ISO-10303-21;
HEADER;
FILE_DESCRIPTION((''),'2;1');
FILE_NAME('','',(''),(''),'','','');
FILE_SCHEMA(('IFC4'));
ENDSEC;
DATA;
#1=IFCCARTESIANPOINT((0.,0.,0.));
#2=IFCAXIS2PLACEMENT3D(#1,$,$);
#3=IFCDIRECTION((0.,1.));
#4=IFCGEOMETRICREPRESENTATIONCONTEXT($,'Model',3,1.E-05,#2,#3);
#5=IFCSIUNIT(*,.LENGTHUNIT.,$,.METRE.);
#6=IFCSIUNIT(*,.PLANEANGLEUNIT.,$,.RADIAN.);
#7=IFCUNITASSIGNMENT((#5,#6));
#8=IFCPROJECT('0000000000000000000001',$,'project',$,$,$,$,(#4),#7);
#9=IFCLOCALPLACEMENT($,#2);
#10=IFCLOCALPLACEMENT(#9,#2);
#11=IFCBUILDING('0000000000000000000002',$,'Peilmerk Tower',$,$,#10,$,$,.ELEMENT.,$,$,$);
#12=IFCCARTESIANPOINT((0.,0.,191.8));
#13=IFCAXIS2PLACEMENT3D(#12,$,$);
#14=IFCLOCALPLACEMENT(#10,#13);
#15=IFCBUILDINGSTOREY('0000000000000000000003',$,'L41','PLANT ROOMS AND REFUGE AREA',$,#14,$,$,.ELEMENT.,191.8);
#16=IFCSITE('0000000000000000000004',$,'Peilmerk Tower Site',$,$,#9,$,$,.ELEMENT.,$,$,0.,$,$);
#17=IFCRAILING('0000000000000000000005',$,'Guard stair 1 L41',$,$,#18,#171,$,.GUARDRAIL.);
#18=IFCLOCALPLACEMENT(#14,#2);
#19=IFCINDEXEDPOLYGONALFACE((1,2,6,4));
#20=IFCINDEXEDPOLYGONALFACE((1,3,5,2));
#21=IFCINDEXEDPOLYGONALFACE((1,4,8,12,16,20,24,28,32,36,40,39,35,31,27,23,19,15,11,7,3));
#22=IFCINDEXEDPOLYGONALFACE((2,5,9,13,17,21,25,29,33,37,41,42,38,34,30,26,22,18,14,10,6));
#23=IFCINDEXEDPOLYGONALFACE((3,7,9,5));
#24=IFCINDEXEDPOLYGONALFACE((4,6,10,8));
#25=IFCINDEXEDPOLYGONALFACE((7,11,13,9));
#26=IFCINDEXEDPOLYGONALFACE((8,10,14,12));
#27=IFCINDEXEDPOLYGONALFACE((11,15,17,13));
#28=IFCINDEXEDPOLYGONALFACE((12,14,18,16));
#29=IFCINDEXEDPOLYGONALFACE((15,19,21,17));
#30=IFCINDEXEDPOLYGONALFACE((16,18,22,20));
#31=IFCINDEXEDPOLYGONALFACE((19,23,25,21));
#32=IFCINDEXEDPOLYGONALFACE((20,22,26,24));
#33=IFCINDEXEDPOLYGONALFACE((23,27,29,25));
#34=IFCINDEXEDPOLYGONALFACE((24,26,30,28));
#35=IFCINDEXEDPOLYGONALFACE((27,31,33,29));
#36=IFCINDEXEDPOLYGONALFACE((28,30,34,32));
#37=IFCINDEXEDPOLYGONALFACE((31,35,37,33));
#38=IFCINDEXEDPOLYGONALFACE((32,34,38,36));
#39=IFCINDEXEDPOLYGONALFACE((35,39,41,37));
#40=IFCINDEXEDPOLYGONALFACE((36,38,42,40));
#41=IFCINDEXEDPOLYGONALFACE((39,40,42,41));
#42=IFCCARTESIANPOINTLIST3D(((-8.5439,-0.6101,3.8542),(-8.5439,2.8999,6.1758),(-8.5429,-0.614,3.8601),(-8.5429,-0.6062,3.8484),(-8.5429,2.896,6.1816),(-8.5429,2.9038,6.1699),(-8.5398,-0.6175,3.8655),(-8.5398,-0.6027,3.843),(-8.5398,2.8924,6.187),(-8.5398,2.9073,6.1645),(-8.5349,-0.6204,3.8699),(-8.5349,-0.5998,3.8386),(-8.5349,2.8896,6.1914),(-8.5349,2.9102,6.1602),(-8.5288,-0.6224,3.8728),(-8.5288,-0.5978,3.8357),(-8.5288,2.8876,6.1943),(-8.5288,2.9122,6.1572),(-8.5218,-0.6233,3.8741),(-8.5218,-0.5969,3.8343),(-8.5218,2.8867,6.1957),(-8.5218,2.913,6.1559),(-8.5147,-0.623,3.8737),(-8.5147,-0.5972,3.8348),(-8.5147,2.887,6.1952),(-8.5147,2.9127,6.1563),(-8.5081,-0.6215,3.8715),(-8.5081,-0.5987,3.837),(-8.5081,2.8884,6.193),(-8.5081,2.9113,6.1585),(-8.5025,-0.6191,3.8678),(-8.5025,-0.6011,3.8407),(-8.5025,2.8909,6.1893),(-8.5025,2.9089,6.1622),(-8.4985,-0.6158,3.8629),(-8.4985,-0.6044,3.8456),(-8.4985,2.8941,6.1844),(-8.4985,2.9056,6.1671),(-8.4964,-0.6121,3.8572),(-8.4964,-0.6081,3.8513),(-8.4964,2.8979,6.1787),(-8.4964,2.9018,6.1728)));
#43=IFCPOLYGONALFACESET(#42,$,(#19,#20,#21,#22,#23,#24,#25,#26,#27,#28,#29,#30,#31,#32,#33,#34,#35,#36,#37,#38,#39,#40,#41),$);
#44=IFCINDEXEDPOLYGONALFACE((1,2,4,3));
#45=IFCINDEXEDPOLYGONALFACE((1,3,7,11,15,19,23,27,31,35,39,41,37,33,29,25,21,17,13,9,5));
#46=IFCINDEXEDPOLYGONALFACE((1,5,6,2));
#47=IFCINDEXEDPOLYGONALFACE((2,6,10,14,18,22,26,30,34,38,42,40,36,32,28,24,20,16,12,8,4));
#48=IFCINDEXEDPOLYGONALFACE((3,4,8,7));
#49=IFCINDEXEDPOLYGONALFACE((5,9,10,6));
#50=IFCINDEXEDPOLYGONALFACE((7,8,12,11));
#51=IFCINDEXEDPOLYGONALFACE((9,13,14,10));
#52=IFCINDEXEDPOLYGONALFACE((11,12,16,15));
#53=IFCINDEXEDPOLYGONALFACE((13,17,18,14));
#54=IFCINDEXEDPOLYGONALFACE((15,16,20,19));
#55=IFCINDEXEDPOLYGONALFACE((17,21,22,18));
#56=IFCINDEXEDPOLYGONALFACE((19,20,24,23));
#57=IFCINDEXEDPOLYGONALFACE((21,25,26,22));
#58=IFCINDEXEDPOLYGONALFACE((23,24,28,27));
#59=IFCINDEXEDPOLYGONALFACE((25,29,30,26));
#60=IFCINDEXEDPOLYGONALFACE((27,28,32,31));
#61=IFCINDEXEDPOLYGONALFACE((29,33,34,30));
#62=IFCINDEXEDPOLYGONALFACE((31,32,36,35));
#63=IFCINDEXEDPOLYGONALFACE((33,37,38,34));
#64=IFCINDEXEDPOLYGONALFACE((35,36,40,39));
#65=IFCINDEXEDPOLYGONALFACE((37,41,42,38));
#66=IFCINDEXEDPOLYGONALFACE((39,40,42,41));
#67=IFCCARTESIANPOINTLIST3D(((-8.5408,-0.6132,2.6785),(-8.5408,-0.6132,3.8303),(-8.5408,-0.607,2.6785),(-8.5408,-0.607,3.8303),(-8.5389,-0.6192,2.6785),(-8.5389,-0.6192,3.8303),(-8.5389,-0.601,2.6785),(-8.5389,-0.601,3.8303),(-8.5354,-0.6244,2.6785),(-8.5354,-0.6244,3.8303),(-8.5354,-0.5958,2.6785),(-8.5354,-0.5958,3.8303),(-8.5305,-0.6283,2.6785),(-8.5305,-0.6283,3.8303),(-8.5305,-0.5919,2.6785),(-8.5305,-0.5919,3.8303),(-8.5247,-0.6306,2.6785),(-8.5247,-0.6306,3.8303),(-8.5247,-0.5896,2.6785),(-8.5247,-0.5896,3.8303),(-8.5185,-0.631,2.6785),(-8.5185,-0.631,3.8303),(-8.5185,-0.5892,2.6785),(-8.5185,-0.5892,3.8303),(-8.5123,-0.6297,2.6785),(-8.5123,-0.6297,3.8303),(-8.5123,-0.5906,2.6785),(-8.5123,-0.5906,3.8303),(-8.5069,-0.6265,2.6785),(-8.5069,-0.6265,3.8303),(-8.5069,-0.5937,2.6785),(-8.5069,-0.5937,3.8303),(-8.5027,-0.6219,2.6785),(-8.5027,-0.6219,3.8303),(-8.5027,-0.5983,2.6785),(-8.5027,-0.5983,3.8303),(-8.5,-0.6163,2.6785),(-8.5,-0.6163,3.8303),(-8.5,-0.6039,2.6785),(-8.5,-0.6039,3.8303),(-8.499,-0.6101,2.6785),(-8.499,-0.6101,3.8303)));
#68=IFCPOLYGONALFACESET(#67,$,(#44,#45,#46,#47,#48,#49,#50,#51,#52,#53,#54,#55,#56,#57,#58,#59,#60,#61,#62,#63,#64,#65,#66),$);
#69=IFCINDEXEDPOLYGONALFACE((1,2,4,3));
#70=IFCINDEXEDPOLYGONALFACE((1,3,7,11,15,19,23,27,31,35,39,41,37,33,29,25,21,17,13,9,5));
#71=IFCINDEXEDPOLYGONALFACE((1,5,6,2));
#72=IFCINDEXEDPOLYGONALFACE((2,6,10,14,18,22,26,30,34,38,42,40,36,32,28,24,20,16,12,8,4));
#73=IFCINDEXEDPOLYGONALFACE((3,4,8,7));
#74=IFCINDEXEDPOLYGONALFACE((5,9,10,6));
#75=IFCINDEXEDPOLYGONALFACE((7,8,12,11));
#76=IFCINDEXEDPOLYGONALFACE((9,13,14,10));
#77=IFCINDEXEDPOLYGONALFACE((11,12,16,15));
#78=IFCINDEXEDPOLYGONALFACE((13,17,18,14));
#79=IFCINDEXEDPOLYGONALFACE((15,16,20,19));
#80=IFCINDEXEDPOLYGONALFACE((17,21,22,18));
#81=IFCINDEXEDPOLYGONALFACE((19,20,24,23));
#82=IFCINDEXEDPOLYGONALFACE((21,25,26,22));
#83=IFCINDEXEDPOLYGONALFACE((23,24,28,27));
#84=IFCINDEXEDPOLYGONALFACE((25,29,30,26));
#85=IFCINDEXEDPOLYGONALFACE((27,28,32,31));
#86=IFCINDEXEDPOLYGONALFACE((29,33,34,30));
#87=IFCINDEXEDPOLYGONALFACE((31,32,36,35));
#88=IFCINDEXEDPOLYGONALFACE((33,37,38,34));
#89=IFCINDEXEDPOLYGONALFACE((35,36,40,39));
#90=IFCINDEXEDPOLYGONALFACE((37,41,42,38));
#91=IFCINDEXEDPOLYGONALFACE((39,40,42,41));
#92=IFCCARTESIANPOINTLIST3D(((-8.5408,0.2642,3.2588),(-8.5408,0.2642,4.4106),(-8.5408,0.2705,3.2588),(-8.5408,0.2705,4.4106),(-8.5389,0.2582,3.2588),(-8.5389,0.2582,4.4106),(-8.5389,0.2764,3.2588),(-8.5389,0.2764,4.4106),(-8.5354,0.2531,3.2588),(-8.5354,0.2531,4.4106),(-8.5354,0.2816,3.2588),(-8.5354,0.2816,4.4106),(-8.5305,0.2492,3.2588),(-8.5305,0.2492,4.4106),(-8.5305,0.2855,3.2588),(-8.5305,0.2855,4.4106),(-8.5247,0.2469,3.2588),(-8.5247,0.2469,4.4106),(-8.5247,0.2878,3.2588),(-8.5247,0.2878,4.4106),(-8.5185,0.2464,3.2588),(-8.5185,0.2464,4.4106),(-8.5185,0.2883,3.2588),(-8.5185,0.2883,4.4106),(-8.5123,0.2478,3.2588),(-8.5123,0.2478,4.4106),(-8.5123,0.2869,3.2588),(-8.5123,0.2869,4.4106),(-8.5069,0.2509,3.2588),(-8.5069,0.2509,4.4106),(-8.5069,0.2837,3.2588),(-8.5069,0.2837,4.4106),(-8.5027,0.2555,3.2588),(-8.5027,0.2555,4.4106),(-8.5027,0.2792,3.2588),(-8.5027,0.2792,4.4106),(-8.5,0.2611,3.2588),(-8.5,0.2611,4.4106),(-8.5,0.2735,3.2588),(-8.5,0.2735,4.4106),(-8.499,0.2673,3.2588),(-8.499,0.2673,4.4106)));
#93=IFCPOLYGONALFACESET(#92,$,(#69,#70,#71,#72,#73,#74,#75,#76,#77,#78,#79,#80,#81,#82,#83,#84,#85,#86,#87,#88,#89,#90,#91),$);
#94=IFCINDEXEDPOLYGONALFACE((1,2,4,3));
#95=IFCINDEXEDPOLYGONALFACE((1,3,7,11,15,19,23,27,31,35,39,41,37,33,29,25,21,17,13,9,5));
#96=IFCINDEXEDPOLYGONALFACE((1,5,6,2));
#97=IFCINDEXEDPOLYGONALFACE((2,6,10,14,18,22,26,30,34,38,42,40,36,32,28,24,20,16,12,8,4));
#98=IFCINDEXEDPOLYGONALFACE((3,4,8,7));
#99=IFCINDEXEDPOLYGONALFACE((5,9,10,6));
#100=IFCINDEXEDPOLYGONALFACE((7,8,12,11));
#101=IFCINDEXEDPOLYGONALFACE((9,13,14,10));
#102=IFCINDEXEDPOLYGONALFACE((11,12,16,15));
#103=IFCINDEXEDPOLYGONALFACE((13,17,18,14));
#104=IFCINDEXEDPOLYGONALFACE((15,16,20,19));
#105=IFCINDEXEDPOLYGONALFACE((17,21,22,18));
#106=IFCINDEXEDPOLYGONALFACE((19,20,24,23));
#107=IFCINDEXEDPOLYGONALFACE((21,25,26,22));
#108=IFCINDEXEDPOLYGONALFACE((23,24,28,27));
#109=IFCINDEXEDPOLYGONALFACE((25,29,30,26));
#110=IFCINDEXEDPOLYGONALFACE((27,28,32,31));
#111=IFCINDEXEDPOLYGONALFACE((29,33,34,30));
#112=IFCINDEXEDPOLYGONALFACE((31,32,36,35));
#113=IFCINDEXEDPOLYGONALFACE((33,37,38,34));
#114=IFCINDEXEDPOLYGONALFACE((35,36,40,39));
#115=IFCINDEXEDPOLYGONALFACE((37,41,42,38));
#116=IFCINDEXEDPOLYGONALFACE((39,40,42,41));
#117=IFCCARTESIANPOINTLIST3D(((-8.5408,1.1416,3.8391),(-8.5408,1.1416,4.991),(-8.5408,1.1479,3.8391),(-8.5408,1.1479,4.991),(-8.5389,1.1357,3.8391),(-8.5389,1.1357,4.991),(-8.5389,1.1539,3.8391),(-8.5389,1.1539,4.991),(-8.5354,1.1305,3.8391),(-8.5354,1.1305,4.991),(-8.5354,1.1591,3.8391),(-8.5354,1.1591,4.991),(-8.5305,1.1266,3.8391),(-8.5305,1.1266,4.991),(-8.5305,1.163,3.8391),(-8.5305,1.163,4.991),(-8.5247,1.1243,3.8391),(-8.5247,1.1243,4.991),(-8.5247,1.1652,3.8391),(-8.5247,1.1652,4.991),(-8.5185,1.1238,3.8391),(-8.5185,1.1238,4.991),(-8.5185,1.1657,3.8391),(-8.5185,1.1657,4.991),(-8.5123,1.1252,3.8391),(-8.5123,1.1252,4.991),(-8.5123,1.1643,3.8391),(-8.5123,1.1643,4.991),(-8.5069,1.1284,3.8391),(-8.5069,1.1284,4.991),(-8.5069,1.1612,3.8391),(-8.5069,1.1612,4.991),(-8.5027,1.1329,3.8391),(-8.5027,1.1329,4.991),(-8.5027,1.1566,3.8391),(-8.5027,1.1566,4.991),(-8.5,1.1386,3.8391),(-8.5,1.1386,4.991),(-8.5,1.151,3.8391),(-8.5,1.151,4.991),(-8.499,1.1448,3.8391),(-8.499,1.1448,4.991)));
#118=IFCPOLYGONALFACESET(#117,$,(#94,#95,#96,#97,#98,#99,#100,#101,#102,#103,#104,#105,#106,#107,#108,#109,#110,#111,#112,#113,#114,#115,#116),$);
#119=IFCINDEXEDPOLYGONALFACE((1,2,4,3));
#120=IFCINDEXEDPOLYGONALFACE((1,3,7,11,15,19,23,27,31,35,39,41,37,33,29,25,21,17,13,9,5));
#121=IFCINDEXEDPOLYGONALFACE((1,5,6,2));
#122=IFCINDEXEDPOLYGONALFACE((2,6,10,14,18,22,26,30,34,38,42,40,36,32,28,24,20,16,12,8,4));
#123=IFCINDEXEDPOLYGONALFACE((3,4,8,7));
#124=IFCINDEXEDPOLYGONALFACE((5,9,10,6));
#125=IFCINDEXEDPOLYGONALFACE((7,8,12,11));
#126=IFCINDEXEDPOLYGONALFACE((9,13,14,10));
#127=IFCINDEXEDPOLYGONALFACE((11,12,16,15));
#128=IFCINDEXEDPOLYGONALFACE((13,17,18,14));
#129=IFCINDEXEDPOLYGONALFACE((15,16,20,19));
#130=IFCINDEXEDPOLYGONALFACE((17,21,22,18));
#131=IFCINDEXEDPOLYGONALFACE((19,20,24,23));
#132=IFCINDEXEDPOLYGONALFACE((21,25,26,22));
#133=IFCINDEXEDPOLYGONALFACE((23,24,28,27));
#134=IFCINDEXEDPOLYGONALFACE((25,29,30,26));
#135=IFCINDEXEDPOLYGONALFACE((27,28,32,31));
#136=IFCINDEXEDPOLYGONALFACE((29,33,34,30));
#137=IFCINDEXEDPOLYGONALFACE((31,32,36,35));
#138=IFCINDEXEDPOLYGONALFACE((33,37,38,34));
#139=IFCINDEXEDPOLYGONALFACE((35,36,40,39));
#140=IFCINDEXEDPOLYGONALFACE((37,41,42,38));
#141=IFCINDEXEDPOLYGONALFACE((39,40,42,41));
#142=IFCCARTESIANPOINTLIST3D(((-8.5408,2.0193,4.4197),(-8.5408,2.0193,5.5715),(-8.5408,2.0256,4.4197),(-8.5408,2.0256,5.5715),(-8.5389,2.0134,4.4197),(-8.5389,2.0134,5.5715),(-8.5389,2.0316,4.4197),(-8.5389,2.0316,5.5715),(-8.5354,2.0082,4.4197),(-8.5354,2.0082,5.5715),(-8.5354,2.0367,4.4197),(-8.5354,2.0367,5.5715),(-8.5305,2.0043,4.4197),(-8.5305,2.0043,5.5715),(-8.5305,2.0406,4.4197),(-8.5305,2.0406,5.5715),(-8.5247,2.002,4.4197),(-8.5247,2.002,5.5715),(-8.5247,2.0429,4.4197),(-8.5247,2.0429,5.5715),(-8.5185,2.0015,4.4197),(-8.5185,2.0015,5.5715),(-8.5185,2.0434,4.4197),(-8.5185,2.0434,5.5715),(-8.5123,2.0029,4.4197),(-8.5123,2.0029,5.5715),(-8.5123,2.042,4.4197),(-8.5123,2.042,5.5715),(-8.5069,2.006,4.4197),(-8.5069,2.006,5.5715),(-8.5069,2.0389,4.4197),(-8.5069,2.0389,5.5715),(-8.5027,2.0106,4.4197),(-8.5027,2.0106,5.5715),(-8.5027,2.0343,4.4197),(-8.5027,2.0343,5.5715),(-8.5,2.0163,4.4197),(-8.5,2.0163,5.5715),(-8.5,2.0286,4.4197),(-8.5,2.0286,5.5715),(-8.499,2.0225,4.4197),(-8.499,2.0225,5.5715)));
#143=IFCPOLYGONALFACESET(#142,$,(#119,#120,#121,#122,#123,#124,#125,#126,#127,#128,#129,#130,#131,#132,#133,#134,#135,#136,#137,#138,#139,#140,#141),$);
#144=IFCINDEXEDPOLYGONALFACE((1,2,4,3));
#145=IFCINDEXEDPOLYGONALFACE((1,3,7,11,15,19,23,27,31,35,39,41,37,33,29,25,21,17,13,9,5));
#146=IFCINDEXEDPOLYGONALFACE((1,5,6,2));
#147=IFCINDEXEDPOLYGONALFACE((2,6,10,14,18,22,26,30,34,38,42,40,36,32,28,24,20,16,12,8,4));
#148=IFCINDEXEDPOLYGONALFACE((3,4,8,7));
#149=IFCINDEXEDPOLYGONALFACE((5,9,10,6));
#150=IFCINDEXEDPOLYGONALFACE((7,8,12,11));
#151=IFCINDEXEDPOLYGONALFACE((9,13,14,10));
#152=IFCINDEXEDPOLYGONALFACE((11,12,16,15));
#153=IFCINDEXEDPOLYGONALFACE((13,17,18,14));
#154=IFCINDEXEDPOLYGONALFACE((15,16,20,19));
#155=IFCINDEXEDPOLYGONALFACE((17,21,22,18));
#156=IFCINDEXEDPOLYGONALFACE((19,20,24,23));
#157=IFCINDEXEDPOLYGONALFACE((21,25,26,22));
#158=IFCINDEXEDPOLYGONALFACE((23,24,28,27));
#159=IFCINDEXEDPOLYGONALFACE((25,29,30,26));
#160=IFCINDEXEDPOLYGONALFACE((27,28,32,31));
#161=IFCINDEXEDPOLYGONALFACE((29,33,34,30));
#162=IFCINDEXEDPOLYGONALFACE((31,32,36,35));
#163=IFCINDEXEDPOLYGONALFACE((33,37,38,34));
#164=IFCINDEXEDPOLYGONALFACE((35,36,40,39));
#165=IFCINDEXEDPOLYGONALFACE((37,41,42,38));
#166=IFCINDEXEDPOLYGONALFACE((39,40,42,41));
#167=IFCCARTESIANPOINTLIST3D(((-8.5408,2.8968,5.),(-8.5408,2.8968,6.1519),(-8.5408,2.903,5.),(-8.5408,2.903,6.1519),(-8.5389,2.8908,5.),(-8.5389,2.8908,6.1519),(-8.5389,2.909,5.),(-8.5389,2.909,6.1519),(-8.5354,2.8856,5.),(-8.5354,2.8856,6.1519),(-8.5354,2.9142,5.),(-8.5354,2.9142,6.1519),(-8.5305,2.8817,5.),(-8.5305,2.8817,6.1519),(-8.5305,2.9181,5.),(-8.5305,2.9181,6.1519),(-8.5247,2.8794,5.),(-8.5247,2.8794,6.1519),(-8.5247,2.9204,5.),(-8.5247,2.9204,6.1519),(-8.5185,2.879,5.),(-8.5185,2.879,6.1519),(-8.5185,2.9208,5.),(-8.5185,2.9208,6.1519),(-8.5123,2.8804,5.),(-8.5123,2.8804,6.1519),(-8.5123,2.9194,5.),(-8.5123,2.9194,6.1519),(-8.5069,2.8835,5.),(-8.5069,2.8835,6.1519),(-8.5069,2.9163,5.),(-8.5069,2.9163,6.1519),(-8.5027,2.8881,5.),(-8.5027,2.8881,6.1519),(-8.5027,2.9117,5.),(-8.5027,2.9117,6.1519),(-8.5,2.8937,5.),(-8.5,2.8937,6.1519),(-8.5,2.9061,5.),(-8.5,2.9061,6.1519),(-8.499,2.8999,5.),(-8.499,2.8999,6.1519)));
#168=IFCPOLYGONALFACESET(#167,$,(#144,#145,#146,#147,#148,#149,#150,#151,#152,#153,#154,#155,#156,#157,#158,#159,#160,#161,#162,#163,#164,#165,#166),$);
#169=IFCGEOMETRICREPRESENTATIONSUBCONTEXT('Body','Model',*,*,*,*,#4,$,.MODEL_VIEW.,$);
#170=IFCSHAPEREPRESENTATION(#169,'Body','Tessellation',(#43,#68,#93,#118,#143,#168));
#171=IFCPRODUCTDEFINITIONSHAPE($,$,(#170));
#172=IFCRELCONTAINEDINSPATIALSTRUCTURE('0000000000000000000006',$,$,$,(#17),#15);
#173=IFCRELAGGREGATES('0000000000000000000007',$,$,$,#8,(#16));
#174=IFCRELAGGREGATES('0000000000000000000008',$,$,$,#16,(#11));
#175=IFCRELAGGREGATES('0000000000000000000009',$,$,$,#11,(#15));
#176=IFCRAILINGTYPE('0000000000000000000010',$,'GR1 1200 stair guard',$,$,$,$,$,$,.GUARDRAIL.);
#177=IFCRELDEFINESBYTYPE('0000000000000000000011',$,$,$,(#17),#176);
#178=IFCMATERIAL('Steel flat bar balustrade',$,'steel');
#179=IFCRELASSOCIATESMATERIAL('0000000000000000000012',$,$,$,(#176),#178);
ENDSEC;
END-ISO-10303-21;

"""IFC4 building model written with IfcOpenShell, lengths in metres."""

from ifc_helpers import new_model, si_unit, direction, frame, origin, origin_2d, place, context, subcontext, project, spatial, circle, extrude, material, type_object, element, save


model = new_model("IFC4")

# Units and contexts
model_context = context("Model", 3, precision=1e-05, world=origin(), true_north=direction((0.0, 1.0)))
body_context = subcontext(model_context, "Body", "Model", "MODEL_VIEW")
ifc_project = project(units=[si_unit("LENGTHUNIT", "METRE"), si_unit("PLANEANGLEUNIT", "RADIAN")], contexts=[model_context])

# Site, building, storey
site_placement = place(None, origin())
site = spatial("IfcSite", under=ifc_project, at=site_placement, Name="Peilmerk Tower Site", CompositionType="ELEMENT", RefElevation=0.0)
building_placement = place(site_placement, origin())
building = spatial("IfcBuilding", under=site, at=building_placement, Name="Peilmerk Tower", CompositionType="ELEMENT")
storey_placement = place(building_placement, frame((0.0, 0.0, 191.8)))
storey = spatial("IfcBuildingStorey", under=building, at=storey_placement, Name="L41", Description="PLANT ROOMS AND REFUGE AREA", CompositionType="ELEMENT", Elevation=191.8)

# Railing
ifc_material_1 = material(Name="Steel flat bar balustrade", Category="steel")
railing_type_1 = type_object("IfcRailingType", Name="GR1 1200 stair guard", PredefinedType="GUARDRAIL", material=ifc_material_1)
railing_1_placement = place(storey_placement, frame((-8.52, -0.6101, 2.6785)))
element("IfcRailing", 1, at=railing_1_placement, inside=storey, type_object=railing_type_1, Name="Guard stair 1 L41", PredefinedType="GUARDRAIL", context=body_context, shape_type="SweptSolid", body=[
    extrude(circle(Radius=0.0239, at=origin_2d()), frame((0.0, 0.0, 1.1758), z_axis=(0.0, 0.834071, 0.551657), x_axis=(-1.0, 0.0, 0.0)), (0.0, 0.0, 1.0), 4.2083),
    extrude(circle(Radius=0.021, at=origin_2d()), origin(), (0.0, 0.0, 1.0), 1.1519),
    extrude(circle(Radius=0.021, at=origin_2d()), frame((0.0, 0.8774, 0.5803)), (0.0, 0.0, 1.0), 1.1519),
    extrude(circle(Radius=0.021, at=origin_2d()), frame((0.0, 1.7549, 1.1606)), (0.0, 0.0, 1.0), 1.1519),
    extrude(circle(Radius=0.021, at=origin_2d()), frame((0.0, 2.6326, 1.7412)), (0.0, 0.0, 1.0), 1.1519),
    extrude(circle(Radius=0.021, at=origin_2d()), frame((0.0, 3.51, 2.3215)), (0.0, 0.0, 1.0), 1.1519),
])

save(model, "model.ifc")
